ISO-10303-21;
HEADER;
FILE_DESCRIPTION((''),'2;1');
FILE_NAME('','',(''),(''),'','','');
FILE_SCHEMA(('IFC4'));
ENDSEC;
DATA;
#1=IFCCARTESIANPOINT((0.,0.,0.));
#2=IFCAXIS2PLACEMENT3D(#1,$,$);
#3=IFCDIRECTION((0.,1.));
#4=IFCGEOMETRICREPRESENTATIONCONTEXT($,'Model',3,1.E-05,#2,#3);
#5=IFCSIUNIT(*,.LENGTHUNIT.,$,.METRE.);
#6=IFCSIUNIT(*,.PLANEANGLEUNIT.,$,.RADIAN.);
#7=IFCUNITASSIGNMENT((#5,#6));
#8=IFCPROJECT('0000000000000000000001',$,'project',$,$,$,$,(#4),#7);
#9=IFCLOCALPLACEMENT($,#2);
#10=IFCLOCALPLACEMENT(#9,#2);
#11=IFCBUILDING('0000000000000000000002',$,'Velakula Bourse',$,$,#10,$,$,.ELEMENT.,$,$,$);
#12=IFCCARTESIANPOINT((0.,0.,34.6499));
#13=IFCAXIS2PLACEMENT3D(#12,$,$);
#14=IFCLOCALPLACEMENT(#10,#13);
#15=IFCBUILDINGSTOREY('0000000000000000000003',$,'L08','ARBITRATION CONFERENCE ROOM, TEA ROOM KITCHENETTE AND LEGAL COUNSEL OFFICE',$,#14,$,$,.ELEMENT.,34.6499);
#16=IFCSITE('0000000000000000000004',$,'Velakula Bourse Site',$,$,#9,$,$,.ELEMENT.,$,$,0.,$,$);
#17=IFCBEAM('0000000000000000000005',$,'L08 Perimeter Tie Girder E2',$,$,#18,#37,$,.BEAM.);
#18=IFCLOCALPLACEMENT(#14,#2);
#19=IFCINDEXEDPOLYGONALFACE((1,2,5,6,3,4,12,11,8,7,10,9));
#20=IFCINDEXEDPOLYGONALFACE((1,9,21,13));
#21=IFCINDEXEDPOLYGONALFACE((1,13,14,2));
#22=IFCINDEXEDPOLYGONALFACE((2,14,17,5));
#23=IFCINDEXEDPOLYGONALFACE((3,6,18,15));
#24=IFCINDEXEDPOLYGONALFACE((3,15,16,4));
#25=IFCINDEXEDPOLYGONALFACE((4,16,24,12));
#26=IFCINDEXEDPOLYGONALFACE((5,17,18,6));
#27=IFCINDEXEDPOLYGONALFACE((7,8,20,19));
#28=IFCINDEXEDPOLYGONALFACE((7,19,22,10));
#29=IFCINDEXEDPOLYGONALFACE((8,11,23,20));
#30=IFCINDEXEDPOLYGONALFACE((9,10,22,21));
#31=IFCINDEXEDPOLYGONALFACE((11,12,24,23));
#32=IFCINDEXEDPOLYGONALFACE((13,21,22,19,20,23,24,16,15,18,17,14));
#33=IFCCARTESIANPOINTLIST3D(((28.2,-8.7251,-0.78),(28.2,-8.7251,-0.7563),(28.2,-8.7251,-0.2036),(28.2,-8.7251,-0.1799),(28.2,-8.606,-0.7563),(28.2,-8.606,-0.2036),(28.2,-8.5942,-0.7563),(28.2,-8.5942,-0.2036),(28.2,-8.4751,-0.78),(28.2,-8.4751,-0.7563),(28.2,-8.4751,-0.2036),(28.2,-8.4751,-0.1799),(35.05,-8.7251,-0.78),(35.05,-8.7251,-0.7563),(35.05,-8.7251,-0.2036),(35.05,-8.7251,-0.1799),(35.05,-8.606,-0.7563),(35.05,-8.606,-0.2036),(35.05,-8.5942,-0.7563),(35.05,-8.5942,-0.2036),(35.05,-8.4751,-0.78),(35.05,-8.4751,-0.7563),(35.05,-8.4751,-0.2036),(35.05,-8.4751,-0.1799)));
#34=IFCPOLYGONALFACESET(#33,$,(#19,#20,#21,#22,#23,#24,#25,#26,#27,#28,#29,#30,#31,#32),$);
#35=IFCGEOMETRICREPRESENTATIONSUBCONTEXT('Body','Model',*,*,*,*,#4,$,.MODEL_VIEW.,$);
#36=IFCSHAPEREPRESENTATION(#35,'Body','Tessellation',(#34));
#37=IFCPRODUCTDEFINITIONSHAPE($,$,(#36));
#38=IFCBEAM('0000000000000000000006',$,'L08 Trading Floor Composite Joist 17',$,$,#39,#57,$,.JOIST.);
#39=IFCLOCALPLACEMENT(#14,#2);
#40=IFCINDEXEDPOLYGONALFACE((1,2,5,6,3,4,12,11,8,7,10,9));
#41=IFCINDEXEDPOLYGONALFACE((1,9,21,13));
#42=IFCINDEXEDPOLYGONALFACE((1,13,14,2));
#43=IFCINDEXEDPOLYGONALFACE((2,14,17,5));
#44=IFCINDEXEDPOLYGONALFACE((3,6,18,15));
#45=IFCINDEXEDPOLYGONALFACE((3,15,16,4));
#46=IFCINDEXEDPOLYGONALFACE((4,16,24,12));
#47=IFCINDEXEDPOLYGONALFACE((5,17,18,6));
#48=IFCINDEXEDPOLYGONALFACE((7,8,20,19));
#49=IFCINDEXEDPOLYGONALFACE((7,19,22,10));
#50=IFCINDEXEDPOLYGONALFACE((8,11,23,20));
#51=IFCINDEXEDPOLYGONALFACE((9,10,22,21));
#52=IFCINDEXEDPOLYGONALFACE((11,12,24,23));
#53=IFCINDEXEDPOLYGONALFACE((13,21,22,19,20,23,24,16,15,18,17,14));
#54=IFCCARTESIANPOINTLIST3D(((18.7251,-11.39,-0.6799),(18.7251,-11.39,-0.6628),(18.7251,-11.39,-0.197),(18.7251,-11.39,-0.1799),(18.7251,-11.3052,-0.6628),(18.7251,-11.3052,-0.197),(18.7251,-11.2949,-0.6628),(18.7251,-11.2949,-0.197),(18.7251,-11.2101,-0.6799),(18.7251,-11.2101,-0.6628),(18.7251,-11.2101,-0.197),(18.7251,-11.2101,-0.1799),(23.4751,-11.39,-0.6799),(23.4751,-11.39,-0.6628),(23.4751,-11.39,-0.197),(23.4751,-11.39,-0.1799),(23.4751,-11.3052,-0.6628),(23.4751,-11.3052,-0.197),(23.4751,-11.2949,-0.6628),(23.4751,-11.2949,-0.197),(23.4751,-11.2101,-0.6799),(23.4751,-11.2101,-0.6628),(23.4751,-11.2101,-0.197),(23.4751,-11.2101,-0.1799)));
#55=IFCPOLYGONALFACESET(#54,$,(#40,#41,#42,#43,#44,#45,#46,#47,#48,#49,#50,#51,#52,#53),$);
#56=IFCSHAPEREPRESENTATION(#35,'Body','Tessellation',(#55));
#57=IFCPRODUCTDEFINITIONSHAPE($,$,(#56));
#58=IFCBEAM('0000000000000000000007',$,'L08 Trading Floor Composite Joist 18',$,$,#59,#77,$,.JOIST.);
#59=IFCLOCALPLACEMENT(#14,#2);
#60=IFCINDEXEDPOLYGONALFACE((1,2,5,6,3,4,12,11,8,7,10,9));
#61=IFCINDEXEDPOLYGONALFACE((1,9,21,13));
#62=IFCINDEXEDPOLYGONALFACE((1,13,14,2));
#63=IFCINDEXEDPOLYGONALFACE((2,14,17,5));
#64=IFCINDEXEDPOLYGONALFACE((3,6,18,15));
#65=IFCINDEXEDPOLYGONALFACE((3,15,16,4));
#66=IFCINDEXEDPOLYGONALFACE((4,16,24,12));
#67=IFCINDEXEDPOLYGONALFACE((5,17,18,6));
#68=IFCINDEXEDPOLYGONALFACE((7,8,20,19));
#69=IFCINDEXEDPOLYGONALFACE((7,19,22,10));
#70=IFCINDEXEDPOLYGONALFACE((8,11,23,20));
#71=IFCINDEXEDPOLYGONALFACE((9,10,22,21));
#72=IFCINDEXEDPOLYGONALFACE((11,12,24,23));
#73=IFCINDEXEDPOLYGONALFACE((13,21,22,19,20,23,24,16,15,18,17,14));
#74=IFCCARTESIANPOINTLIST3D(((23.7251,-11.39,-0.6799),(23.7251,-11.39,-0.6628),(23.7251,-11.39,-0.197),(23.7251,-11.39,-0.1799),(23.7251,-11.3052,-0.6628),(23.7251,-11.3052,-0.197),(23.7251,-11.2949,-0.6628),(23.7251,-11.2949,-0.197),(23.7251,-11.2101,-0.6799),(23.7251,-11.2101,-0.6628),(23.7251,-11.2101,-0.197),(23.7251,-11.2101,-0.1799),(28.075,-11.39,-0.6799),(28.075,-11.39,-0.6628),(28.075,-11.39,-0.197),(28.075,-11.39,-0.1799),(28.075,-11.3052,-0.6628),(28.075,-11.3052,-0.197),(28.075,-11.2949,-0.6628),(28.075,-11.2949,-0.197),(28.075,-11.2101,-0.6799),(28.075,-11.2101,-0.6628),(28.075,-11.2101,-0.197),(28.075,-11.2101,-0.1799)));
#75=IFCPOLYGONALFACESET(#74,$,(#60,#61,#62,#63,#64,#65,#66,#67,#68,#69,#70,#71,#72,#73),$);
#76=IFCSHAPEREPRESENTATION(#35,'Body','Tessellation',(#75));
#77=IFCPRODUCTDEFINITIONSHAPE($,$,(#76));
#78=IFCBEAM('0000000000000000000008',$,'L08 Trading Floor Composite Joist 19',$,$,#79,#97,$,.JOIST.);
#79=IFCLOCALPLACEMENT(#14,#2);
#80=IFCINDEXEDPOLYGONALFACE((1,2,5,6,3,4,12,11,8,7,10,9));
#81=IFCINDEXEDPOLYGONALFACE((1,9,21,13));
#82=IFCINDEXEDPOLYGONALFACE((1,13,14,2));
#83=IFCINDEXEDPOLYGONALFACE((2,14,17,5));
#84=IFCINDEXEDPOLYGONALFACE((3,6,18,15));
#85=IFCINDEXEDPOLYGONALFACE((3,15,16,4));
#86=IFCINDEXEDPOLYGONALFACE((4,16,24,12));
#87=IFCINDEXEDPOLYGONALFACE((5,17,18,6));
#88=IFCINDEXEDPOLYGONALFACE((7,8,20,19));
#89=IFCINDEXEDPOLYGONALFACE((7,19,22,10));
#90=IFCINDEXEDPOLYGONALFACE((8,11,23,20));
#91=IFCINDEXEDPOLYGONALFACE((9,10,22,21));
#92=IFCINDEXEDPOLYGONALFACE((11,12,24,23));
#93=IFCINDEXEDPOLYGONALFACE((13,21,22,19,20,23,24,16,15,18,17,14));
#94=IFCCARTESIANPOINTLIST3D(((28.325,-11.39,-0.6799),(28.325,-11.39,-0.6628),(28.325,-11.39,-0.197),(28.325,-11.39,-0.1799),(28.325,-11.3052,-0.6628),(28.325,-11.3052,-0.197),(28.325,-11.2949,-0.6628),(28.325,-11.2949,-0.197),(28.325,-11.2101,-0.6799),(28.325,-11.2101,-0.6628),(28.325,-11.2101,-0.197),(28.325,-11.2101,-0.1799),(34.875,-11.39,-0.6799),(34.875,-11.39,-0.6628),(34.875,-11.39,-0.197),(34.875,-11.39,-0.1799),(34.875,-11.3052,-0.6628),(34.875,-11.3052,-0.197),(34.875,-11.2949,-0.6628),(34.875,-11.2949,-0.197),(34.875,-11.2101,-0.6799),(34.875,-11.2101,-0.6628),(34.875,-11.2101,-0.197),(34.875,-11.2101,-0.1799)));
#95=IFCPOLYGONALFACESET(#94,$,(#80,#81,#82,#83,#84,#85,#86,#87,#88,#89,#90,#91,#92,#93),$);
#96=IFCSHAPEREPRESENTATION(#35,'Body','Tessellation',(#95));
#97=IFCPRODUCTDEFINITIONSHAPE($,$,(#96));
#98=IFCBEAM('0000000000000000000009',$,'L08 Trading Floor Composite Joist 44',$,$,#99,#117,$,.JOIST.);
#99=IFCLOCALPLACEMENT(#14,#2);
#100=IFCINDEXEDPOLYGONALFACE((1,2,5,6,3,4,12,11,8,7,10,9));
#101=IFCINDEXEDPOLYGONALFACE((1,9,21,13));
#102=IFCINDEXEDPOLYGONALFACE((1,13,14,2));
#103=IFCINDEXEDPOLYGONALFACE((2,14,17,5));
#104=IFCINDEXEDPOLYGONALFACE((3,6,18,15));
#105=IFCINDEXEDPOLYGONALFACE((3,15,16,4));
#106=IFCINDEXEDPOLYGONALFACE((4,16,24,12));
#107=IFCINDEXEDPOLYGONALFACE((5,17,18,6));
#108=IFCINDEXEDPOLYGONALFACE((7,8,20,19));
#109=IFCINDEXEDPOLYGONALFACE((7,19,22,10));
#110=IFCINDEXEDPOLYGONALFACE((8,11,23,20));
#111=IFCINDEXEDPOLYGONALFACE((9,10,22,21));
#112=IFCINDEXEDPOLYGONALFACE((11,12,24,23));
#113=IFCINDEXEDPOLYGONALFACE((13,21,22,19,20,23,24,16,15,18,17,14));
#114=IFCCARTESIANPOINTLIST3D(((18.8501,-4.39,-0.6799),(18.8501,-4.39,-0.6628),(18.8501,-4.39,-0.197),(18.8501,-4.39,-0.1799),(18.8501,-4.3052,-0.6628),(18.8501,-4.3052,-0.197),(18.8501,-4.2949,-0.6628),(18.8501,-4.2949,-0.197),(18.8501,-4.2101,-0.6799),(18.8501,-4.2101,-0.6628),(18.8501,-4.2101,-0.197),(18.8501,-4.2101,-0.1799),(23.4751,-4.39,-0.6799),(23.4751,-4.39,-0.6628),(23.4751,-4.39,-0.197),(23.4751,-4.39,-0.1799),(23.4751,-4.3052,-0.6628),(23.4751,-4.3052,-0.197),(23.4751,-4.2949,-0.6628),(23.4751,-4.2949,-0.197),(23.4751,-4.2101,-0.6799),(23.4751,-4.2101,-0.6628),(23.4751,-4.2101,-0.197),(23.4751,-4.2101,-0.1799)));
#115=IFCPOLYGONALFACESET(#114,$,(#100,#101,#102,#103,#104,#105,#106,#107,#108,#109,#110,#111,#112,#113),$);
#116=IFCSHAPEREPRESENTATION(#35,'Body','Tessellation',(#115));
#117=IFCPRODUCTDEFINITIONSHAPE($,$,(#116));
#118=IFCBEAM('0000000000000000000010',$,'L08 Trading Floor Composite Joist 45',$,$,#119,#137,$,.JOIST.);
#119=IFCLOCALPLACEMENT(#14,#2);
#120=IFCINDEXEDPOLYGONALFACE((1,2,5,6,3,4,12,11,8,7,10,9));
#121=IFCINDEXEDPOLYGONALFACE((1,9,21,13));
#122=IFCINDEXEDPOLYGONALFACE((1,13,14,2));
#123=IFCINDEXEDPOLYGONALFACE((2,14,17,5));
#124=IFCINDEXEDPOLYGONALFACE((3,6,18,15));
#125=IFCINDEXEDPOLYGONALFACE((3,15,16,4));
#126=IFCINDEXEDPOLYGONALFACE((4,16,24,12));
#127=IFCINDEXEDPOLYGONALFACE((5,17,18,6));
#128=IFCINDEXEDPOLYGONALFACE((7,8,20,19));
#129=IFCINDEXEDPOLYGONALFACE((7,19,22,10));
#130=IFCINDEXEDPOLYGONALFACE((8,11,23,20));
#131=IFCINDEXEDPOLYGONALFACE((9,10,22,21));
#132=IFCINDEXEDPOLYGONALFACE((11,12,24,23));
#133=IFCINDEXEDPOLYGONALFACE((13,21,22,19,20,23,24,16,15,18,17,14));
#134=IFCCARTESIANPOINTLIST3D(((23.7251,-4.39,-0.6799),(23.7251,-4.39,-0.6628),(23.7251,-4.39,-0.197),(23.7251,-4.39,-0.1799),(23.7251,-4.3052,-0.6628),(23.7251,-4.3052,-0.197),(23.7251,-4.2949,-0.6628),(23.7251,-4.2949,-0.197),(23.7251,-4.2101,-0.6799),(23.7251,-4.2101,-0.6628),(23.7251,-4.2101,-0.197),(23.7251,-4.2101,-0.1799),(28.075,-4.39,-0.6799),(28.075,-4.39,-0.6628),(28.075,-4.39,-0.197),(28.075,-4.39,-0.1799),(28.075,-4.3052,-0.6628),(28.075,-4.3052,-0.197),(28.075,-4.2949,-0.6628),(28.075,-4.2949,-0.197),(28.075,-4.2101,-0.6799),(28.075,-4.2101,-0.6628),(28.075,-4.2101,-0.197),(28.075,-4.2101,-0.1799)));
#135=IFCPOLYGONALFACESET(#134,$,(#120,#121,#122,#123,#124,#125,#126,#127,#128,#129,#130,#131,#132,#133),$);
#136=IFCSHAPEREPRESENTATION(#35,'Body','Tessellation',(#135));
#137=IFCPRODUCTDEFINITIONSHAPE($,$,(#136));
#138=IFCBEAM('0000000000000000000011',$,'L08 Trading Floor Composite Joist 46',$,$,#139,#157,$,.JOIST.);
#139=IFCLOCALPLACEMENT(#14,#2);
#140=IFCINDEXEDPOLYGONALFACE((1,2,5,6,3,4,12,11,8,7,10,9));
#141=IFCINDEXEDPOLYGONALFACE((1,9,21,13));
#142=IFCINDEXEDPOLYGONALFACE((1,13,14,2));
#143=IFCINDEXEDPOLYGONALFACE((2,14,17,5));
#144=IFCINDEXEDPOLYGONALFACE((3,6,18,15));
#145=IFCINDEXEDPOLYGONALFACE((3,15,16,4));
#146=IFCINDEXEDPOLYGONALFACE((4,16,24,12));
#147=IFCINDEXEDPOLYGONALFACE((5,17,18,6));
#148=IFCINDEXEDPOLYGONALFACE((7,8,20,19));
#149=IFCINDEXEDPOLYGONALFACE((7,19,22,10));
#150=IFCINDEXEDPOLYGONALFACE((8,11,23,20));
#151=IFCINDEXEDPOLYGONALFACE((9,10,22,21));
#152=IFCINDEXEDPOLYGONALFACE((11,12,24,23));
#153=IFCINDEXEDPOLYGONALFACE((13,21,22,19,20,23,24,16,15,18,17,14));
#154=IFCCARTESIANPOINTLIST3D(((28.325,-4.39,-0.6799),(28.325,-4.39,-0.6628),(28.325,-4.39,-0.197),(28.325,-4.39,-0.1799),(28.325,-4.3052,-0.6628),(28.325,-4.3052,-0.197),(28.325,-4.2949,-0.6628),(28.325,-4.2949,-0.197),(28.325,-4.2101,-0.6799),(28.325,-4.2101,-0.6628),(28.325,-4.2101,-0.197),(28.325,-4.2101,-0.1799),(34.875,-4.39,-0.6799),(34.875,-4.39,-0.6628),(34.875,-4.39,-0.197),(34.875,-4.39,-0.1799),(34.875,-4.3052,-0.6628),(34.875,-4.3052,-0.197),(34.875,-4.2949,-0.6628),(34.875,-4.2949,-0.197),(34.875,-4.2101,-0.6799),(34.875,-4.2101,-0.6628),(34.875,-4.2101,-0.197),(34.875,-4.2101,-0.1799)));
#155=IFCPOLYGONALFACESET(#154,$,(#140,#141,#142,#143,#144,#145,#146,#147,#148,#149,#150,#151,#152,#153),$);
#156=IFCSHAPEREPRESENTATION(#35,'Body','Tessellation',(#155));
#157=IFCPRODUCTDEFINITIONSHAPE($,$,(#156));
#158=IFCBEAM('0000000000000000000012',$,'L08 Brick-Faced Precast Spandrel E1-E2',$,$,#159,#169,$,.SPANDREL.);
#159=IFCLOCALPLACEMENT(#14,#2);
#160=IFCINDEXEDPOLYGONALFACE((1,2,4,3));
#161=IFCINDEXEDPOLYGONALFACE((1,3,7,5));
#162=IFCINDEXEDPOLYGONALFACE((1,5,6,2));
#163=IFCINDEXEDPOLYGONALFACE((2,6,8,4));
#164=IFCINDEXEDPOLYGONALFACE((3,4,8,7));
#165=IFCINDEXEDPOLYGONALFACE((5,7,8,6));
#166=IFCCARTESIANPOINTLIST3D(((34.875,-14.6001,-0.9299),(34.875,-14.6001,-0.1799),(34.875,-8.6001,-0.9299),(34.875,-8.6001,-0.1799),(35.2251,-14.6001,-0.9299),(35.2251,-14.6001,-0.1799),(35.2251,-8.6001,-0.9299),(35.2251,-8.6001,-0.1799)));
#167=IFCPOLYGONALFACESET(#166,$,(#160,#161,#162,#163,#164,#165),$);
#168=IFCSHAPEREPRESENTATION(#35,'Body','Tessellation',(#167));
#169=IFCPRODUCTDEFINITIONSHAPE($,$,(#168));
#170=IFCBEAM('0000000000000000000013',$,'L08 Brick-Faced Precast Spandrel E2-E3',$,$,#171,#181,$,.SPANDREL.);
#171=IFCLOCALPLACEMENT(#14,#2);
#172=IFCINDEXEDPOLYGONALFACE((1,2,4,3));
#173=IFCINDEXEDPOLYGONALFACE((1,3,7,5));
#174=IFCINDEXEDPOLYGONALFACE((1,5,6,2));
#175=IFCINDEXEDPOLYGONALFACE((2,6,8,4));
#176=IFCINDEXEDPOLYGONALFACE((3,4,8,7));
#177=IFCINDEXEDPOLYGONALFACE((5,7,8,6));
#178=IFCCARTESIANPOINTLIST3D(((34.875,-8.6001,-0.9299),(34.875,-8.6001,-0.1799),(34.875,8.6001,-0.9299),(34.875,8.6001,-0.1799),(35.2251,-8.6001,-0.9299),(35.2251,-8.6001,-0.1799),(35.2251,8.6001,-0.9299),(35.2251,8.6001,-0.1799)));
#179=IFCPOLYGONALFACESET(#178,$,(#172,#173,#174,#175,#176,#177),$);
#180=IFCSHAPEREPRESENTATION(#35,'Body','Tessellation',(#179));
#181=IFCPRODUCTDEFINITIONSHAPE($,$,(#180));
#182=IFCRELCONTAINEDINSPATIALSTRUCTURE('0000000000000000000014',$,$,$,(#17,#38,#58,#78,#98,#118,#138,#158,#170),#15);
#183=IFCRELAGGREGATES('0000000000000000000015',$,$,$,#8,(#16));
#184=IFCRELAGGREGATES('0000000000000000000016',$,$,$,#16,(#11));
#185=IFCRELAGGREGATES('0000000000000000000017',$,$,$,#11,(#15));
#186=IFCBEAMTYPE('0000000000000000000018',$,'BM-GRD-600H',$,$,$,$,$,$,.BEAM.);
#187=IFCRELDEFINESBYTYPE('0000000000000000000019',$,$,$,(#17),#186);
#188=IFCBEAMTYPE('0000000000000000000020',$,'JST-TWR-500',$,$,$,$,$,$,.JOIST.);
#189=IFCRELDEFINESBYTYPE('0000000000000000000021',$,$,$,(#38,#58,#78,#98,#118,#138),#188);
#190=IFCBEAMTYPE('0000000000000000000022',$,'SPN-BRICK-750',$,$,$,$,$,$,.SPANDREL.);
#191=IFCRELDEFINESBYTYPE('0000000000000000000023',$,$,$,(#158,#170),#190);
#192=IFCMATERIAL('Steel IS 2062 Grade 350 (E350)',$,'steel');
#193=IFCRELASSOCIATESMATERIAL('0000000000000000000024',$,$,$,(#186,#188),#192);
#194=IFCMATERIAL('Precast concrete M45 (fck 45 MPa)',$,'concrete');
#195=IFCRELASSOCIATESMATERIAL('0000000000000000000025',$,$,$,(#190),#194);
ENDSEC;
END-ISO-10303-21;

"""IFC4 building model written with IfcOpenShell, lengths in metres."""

from ifc_helpers import new_model, si_unit, direction, frame, origin, origin_2d, place, context, subcontext, project, spatial, rectangle, i_section, extrude, material, material_profile, profile_set, type_object, element, save


model = new_model("IFC4")

# Units and contexts
model_context = context("Model", 3, precision=1e-05, world=origin(), true_north=direction((0.0, 1.0)))
body_context = subcontext(model_context, "Body", "Model", "MODEL_VIEW")
ifc_project = project(units=[si_unit("LENGTHUNIT", "METRE"), si_unit("PLANEANGLEUNIT", "RADIAN")], contexts=[model_context])

# Site, building, storey
site_placement = place(None, origin())
site = spatial("IfcSite", under=ifc_project, at=site_placement, Name="Velakula Bourse Site", CompositionType="ELEMENT", RefElevation=0.0)
building_placement = place(site_placement, origin())
building = spatial("IfcBuilding", under=site, at=building_placement, Name="Velakula Bourse", CompositionType="ELEMENT")
storey_placement = place(building_placement, frame((0.0, 0.0, 34.6499)))
storey = spatial("IfcBuildingStorey", under=building, at=storey_placement, Name="L08", Description="ARBITRATION CONFERENCE ROOM, TEA ROOM KITCHENETTE AND LEGAL COUNSEL OFFICE", CompositionType="ELEMENT", Elevation=34.6499)

# Beams
ifc_material_1 = material(Name="Steel IS 2062 Grade 350 (E350)", Category="steel")
ifc_material_profile_1 = material_profile(ifc_material_1, i_section(OverallWidth=0.25, OverallDepth=0.6001, WebThickness=0.0117, FlangeThickness=0.0237, at=origin_2d()), Name="Steel IS 2062 Grade 350 (E350)")
ifc_profile_set_1 = profile_set([ifc_material_profile_1], Name="Steel IS 2062 Grade 350 (E350)")
beam_type_1 = type_object("IfcBeamType", Name="BM-GRD-600H", PredefinedType="BEAM", material=ifc_profile_set_1)
beam_1_placement = place(storey_placement, frame((28.2, -8.6001, -0.48), z_axis=(1.0, 0.0, 0.0), x_axis=(0.0, 1.0, 0.0)))
element("IfcBeam", 1, at=beam_1_placement, inside=storey, type_object=beam_type_1, Name="L08 Perimeter Tie Girder E2", PredefinedType="BEAM", context=body_context, shape_type="SweptSolid", body=[
    extrude(i_section(OverallWidth=0.25, OverallDepth=0.6001, WebThickness=0.0117, FlangeThickness=0.0237, at=origin_2d()), origin(), (0.0, 0.0, 1.0), 6.8501),
])
ifc_material_profile_2 = material_profile(ifc_material_1, i_section(OverallWidth=0.1799, OverallDepth=0.5, WebThickness=0.0103, FlangeThickness=0.0171, at=origin_2d()), Name="Steel IS 2062 Grade 350 (E350)")
ifc_profile_set_2 = profile_set([ifc_material_profile_2], Name="Steel IS 2062 Grade 350 (E350)")
beam_type_2 = type_object("IfcBeamType", Name="JST-TWR-500", PredefinedType="JOIST", material=ifc_profile_set_2)
beam_2_placement = place(storey_placement, frame((18.7251, -11.3, -0.4299), z_axis=(1.0, 0.0, 0.0), x_axis=(0.0, 1.0, 0.0)))
element("IfcBeam", 2, at=beam_2_placement, inside=storey, type_object=beam_type_2, Name="L08 Trading Floor Composite Joist 17", PredefinedType="JOIST", context=body_context, shape_type="SweptSolid", body=[
    extrude(i_section(OverallWidth=0.1799, OverallDepth=0.5, WebThickness=0.0103, FlangeThickness=0.0171, at=origin_2d()), origin(), (0.0, 0.0, 1.0), 4.75),
])
beam_3_placement = place(storey_placement, frame((23.7251, -11.3, -0.4299), z_axis=(1.0, 0.0, 0.0), x_axis=(0.0, 1.0, 0.0)))
element("IfcBeam", 3, at=beam_3_placement, inside=storey, type_object=beam_type_2, Name="L08 Trading Floor Composite Joist 18", PredefinedType="JOIST", context=body_context, shape_type="SweptSolid", body=[
    extrude(i_section(OverallWidth=0.1799, OverallDepth=0.5, WebThickness=0.0103, FlangeThickness=0.0171, at=origin_2d()), origin(), (0.0, 0.0, 1.0), 4.3499),
])
beam_4_placement = place(storey_placement, frame((28.325, -11.3, -0.4299), z_axis=(1.0, 0.0, 0.0), x_axis=(0.0, 1.0, 0.0)))
element("IfcBeam", 4, at=beam_4_placement, inside=storey, type_object=beam_type_2, Name="L08 Trading Floor Composite Joist 19", PredefinedType="JOIST", context=body_context, shape_type="SweptSolid", body=[
    extrude(i_section(OverallWidth=0.1799, OverallDepth=0.5, WebThickness=0.0103, FlangeThickness=0.0171, at=origin_2d()), origin(), (0.0, 0.0, 1.0), 6.55),
])
beam_5_placement = place(storey_placement, frame((18.8501, -4.3, -0.4299), z_axis=(1.0, 0.0, 0.0), x_axis=(0.0, 1.0, 0.0)))
element("IfcBeam", 5, at=beam_5_placement, inside=storey, type_object=beam_type_2, Name="L08 Trading Floor Composite Joist 44", PredefinedType="JOIST", context=body_context, shape_type="SweptSolid", body=[
    extrude(i_section(OverallWidth=0.1799, OverallDepth=0.5, WebThickness=0.0103, FlangeThickness=0.0171, at=origin_2d()), origin(), (0.0, 0.0, 1.0), 4.625),
])
beam_6_placement = place(storey_placement, frame((23.7251, -4.3, -0.4299), z_axis=(1.0, 0.0, 0.0), x_axis=(0.0, 1.0, 0.0)))
element("IfcBeam", 6, at=beam_6_placement, inside=storey, type_object=beam_type_2, Name="L08 Trading Floor Composite Joist 45", PredefinedType="JOIST", context=body_context, shape_type="SweptSolid", body=[
    extrude(i_section(OverallWidth=0.1799, OverallDepth=0.5, WebThickness=0.0103, FlangeThickness=0.0171, at=origin_2d()), origin(), (0.0, 0.0, 1.0), 4.3499),
])
beam_7_placement = place(storey_placement, frame((28.325, -4.3, -0.4299), z_axis=(1.0, 0.0, 0.0), x_axis=(0.0, 1.0, 0.0)))
element("IfcBeam", 7, at=beam_7_placement, inside=storey, type_object=beam_type_2, Name="L08 Trading Floor Composite Joist 46", PredefinedType="JOIST", context=body_context, shape_type="SweptSolid", body=[
    extrude(i_section(OverallWidth=0.1799, OverallDepth=0.5, WebThickness=0.0103, FlangeThickness=0.0171, at=origin_2d()), origin(), (0.0, 0.0, 1.0), 6.55),
])
ifc_material_2 = material(Name="Precast concrete M45 (fck 45 MPa)", Category="concrete")
ifc_material_profile_3 = material_profile(ifc_material_2, rectangle(XDim=0.3501, YDim=0.75, at=origin_2d()), Name="Precast concrete M45 (fck 45 MPa)")
ifc_profile_set_3 = profile_set([ifc_material_profile_3], Name="Precast concrete M45 (fck 45 MPa)")
beam_type_3 = type_object("IfcBeamType", Name="SPN-BRICK-750", PredefinedType="SPANDREL", material=ifc_profile_set_3)
beam_8_placement = place(storey_placement, frame((35.05, -14.6001, -0.5549), z_axis=(0.0, 1.0, 0.0), x_axis=(-1.0, 0.0, 0.0)))
element("IfcBeam", 8, at=beam_8_placement, inside=storey, type_object=beam_type_3, Name="L08 Brick-Faced Precast Spandrel E1-E2", PredefinedType="SPANDREL", context=body_context, shape_type="SweptSolid", body=[
    extrude(rectangle(XDim=0.3501, YDim=0.75, at=origin_2d()), origin(), (0.0, 0.0, 1.0), 6.0),
])
beam_9_placement = place(storey_placement, frame((35.05, -8.6001, -0.5549), z_axis=(0.0, 1.0, 0.0), x_axis=(-1.0, 0.0, 0.0)))
element("IfcBeam", 9, at=beam_9_placement, inside=storey, type_object=beam_type_3, Name="L08 Brick-Faced Precast Spandrel E2-E3", PredefinedType="SPANDREL", context=body_context, shape_type="SweptSolid", body=[
    extrude(rectangle(XDim=0.3501, YDim=0.75, at=origin_2d()), origin(), (0.0, 0.0, 1.0), 17.2002),
])

save(model, "model.ifc")
